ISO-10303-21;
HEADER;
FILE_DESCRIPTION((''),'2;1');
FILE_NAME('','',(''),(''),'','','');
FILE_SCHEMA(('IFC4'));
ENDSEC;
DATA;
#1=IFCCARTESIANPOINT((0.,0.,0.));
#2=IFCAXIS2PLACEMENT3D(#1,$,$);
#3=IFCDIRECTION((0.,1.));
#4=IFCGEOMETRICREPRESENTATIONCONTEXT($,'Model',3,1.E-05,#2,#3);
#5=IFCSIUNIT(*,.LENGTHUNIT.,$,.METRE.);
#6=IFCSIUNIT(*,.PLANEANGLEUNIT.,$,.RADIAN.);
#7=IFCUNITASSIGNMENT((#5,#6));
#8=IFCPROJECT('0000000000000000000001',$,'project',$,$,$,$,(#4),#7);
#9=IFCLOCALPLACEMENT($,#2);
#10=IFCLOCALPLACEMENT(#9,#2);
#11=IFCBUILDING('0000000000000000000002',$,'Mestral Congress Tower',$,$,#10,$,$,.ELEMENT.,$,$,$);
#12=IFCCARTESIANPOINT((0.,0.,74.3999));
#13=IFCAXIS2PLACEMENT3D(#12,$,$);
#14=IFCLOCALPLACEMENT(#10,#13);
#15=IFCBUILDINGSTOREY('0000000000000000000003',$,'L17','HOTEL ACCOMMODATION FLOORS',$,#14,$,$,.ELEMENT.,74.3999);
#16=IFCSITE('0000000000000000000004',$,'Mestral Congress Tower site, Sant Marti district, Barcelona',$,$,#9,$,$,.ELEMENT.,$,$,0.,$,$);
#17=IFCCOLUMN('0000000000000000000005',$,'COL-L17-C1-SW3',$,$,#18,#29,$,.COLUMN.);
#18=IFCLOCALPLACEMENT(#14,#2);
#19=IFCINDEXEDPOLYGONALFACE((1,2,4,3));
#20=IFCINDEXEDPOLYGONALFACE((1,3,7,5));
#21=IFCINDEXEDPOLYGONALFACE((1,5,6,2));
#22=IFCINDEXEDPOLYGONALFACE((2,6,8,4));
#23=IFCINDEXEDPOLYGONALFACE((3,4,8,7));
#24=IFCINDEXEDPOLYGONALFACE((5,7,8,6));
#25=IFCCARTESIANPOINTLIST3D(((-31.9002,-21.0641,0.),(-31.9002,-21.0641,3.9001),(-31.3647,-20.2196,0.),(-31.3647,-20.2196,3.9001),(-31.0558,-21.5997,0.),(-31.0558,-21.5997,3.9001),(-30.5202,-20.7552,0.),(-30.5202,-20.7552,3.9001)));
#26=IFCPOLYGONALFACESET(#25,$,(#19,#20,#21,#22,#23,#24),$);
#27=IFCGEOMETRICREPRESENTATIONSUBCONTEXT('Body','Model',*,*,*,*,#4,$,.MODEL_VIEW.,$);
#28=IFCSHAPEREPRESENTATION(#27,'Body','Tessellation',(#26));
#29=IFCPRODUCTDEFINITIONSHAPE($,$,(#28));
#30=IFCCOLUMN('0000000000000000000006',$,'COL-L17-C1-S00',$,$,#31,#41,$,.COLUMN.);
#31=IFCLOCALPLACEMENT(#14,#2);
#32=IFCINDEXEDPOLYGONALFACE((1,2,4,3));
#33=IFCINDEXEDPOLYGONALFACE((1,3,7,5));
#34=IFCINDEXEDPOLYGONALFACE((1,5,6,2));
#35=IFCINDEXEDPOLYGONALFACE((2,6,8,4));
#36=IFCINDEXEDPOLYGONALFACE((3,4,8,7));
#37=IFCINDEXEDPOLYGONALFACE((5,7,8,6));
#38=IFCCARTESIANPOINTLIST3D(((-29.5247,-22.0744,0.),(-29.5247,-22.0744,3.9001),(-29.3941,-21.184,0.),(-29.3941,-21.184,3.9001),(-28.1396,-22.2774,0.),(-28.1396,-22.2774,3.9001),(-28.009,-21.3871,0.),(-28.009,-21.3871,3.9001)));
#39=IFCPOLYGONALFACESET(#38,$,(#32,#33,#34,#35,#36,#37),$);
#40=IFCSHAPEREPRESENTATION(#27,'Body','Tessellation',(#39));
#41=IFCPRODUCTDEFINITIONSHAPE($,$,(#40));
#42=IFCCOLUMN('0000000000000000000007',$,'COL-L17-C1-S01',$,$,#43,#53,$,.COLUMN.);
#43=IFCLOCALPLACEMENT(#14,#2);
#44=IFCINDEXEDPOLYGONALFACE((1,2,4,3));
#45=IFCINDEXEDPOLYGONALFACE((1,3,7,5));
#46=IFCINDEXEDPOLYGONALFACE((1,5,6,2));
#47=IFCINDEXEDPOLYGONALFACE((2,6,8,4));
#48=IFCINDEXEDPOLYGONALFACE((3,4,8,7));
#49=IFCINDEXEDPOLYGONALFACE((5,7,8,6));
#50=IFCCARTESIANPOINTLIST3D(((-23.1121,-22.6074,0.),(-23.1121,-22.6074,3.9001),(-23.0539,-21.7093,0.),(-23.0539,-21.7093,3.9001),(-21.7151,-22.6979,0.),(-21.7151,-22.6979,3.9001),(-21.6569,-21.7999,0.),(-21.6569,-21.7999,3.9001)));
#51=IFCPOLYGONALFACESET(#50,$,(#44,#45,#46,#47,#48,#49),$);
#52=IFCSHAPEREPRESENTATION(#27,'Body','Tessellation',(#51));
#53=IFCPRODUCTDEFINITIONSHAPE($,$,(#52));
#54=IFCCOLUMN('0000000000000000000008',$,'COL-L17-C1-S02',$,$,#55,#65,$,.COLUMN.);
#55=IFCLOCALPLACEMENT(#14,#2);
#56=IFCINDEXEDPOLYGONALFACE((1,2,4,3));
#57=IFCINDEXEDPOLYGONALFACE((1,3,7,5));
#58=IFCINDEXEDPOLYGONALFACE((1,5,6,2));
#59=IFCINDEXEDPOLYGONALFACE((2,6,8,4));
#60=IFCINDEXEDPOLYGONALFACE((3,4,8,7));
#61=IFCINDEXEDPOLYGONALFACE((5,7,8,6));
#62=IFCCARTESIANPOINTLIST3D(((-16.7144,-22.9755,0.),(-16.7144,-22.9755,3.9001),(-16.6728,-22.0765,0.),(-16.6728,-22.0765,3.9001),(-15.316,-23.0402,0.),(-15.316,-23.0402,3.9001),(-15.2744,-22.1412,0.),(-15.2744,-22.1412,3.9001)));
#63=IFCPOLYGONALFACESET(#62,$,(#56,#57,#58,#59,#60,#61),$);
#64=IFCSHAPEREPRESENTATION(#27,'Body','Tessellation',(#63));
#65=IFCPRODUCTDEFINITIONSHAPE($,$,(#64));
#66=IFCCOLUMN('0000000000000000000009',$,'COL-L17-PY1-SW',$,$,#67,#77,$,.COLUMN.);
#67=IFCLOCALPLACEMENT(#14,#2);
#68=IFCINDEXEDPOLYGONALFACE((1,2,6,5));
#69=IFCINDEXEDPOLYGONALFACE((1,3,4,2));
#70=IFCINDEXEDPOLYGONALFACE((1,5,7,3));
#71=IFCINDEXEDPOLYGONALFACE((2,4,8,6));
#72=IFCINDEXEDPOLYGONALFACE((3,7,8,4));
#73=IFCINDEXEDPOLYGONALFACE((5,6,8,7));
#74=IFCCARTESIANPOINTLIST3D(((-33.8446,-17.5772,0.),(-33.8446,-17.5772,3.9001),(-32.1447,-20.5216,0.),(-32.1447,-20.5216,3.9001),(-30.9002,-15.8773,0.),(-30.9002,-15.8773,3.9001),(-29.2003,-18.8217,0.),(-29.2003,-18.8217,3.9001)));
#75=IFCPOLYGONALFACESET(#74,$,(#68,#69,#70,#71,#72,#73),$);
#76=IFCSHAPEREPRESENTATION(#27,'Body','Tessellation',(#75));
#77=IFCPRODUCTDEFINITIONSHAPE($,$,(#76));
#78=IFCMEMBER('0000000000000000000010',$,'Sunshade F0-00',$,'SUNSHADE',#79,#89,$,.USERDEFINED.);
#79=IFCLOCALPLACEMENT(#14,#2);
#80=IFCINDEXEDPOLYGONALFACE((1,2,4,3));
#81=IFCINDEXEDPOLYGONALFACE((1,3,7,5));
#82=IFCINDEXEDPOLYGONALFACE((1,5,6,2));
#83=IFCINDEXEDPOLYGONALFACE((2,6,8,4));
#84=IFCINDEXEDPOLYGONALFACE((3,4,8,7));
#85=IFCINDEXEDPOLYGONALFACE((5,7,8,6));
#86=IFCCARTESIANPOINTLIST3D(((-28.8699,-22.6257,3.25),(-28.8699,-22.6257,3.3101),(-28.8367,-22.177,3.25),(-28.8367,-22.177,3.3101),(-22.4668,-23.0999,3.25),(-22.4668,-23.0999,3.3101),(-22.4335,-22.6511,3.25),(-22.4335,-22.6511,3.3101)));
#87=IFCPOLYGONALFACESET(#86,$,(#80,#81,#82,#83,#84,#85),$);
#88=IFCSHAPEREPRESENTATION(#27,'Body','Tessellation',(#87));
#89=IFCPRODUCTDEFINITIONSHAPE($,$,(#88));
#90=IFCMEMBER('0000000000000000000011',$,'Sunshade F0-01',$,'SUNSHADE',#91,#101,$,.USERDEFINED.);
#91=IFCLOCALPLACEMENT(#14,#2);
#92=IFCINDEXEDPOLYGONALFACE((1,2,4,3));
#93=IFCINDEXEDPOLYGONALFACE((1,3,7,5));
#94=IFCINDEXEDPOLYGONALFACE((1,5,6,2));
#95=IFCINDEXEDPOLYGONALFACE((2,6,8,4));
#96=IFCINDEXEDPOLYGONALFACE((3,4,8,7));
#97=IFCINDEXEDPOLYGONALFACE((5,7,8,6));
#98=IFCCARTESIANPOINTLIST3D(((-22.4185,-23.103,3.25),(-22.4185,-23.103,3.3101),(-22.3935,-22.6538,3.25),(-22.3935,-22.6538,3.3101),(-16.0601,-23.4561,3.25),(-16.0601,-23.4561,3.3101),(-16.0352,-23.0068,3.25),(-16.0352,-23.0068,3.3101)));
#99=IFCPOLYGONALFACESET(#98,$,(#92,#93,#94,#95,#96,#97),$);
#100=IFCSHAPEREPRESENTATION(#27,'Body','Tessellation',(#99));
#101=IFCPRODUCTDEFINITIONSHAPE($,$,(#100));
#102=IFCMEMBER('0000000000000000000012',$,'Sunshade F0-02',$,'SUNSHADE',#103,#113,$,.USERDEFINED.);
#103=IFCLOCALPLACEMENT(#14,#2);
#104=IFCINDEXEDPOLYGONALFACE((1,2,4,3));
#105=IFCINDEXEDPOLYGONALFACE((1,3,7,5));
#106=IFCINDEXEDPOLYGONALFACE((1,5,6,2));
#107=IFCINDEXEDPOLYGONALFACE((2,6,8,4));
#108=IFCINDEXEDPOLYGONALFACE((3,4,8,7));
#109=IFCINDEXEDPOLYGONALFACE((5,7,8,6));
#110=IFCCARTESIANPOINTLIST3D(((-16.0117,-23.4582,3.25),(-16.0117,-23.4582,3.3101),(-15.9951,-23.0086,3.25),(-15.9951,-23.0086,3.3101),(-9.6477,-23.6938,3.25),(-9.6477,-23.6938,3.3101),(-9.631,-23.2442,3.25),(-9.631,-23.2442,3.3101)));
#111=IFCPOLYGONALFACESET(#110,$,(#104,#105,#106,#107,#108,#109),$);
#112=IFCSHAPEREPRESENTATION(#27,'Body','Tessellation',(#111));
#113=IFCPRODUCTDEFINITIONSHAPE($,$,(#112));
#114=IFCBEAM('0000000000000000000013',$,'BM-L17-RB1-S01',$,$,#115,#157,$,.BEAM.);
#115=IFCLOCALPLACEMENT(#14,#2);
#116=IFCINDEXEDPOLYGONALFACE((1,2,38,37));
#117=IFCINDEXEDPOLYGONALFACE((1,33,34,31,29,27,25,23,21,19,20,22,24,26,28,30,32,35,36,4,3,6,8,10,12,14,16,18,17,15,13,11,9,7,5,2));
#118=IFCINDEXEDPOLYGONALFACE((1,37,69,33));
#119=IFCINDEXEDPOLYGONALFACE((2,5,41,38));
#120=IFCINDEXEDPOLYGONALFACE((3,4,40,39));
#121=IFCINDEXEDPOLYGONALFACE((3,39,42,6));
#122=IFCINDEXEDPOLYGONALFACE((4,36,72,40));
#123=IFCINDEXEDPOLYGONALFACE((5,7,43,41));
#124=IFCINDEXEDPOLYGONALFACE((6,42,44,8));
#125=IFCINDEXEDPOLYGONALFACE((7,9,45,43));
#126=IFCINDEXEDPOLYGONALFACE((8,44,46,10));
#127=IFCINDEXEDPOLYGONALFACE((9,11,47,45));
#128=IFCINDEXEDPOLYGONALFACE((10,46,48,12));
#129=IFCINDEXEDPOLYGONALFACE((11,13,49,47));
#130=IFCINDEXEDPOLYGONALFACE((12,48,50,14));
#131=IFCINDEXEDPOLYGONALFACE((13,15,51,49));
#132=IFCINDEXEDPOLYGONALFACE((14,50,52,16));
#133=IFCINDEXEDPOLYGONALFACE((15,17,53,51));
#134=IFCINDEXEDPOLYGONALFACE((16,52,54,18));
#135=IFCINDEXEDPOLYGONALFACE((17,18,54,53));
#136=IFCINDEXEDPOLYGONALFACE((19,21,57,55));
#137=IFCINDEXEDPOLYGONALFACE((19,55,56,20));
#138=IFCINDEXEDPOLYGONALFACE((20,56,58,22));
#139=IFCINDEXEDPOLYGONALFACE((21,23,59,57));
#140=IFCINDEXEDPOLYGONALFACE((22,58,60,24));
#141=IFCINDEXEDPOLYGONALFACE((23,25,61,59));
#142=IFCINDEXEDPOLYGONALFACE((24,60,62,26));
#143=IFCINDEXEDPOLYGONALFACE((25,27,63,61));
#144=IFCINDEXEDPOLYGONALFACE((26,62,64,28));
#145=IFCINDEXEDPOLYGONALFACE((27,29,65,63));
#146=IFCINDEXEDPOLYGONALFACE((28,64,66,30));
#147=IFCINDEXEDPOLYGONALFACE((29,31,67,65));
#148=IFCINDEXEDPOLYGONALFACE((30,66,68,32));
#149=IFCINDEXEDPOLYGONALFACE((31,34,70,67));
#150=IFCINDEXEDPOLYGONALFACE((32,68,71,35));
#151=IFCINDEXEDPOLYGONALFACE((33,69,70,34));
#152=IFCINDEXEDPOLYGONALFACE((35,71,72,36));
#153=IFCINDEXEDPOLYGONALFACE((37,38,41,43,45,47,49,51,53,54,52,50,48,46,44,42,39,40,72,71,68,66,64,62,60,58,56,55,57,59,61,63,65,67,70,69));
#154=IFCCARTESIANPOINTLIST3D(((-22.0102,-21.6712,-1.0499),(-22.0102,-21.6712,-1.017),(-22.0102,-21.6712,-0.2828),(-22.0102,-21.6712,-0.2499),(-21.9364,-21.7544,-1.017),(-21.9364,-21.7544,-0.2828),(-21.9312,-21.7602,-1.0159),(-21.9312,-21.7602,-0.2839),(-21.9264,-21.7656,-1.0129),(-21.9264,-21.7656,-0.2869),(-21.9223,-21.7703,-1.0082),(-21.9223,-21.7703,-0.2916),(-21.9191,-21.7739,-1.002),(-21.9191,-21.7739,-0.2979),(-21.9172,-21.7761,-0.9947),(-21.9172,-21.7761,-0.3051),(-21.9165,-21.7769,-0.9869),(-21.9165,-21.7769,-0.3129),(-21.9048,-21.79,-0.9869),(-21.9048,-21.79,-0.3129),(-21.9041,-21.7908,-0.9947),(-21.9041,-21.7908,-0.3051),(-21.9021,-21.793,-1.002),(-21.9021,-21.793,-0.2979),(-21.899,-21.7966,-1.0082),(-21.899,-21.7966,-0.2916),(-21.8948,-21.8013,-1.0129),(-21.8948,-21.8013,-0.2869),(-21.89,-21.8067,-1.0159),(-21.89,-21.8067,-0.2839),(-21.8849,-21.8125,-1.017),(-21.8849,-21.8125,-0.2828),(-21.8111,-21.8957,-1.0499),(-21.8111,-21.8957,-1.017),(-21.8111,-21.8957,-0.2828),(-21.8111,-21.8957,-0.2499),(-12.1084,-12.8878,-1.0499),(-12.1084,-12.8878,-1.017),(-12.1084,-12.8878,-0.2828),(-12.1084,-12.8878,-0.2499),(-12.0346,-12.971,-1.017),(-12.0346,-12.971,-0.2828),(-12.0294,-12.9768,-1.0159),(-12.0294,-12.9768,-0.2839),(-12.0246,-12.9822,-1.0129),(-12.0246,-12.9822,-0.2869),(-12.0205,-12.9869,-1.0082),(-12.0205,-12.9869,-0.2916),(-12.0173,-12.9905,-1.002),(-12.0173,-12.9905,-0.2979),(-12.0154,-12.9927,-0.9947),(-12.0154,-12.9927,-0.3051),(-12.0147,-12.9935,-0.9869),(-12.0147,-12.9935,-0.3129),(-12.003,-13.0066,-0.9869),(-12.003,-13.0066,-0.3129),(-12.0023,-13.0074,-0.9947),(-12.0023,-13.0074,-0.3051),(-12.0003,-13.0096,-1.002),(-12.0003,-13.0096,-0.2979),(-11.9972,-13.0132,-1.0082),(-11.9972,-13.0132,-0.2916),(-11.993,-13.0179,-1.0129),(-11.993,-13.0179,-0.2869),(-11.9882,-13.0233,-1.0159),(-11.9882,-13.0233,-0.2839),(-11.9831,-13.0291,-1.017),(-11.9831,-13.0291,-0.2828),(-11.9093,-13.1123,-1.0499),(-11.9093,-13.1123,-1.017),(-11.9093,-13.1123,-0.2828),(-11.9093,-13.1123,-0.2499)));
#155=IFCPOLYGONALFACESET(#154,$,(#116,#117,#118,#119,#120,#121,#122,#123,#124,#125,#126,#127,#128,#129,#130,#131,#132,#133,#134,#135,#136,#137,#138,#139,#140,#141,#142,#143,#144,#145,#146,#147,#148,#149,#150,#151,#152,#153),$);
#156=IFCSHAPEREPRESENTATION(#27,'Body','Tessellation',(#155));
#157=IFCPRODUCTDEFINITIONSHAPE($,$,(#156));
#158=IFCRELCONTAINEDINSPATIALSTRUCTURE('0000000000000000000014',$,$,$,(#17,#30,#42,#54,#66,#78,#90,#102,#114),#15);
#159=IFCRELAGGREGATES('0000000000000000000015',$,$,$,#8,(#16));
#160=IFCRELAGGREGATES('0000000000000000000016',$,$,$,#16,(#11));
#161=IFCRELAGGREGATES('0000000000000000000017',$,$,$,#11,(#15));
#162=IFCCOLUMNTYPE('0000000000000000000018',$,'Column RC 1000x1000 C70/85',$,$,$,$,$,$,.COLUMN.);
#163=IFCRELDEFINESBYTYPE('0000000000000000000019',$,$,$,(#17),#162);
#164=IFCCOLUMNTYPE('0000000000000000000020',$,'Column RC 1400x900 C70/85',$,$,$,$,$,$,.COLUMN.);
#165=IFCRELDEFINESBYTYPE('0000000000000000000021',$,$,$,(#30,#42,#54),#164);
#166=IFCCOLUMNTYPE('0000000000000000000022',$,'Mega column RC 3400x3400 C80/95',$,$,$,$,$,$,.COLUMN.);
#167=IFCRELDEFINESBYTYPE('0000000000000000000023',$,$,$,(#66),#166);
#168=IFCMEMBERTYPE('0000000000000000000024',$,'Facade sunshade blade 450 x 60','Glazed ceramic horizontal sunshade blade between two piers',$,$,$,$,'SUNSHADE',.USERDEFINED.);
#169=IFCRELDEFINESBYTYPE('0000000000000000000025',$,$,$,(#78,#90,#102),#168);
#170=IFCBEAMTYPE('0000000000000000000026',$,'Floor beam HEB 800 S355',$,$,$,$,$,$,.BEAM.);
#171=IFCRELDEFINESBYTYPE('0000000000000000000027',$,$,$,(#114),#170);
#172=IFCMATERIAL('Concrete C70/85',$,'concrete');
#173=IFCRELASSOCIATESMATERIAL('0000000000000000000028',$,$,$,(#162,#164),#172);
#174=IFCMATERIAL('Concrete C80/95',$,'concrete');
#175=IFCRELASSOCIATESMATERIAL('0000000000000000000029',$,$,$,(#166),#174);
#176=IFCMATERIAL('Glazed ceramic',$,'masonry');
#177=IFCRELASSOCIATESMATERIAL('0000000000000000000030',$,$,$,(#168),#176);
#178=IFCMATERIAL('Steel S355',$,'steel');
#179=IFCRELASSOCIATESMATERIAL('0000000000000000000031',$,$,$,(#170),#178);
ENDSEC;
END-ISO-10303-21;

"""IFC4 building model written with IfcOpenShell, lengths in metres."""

from ifc_helpers import new_model, si_unit, direction, frame, origin, origin_2d, place, context, subcontext, project, spatial, rectangle, i_section, extrude, material, material_profile, profile_set, type_object, element, save


model = new_model("IFC4")

# Units and contexts
model_context = context("Model", 3, precision=1e-05, world=origin(), true_north=direction((0.0, 1.0)))
body_context = subcontext(model_context, "Body", "Model", "MODEL_VIEW")
ifc_project = project(units=[si_unit("LENGTHUNIT", "METRE"), si_unit("PLANEANGLEUNIT", "RADIAN")], contexts=[model_context])

# Site, building, storey
site_placement = place(None, origin())
site = spatial("IfcSite", under=ifc_project, at=site_placement, Name="Mestral Congress Tower site, Sant Marti district, Barcelona", CompositionType="ELEMENT", RefElevation=0.0)
building_placement = place(site_placement, origin())
building = spatial("IfcBuilding", under=site, at=building_placement, Name="Mestral Congress Tower", CompositionType="ELEMENT")
storey_placement = place(building_placement, frame((0.0, 0.0, 74.3999)))
storey = spatial("IfcBuildingStorey", under=building, at=storey_placement, Name="L17", Description="HOTEL ACCOMMODATION FLOORS", CompositionType="ELEMENT", Elevation=74.3999)

# Columns
ifc_material_1 = material(Name="Concrete C70/85", Category="concrete")
ifc_material_profile_1 = material_profile(ifc_material_1, rectangle(XDim=1.0, YDim=1.0, at=origin_2d()), Name="RC 1000x1000")
ifc_profile_set_1 = profile_set([ifc_material_profile_1], Name="Concrete C70/85")
column_type_1 = type_object("IfcColumnType", Name="Column RC 1000x1000 C70/85", PredefinedType="COLUMN", material=ifc_profile_set_1)
column_1_placement = place(storey_placement, frame((-31.2102, -20.9097, 0.0), z_axis=(0.0, 0.0, 1.0), x_axis=(0.844485, -0.535579, 0.0)))
element("IfcColumn", 1, at=column_1_placement, inside=storey, type_object=column_type_1, Name="COL-L17-C1-SW3", PredefinedType="COLUMN", context=body_context, shape_type="SweptSolid", body=[
    extrude(rectangle(XDim=1.0, YDim=1.0, at=origin_2d()), origin(), (0.0, 0.0, 1.0), 3.9001),
])
ifc_material_profile_2 = material_profile(ifc_material_1, rectangle(XDim=1.3999, YDim=0.8999, at=origin_2d()), Name="RC 1400x900")
ifc_profile_set_2 = profile_set([ifc_material_profile_2], Name="Concrete C70/85")
column_type_2 = type_object("IfcColumnType", Name="Column RC 1400x900 C70/85", PredefinedType="COLUMN", material=ifc_profile_set_2)
for number, where, z_axis, x_axis, name in (
    (2, (-28.7668, -21.7307, 0.0), (0.0, 0.0, 1.0), (0.989424, -0.145056, 0.0), "COL-L17-C1-S00"),
    (3, (-22.3845, -22.2036, 0.0), (0.0, 0.0, 1.0), (0.997908, -0.064658, 0.0), "COL-L17-C1-S01"),
    (4, (-15.9944, -22.5583, 0.0), (0.0, 0.0, 1.0), (0.998932, -0.0462, 0.0), "COL-L17-C1-S02"),
):
    element("IfcColumn", number, at=place(storey_placement, frame(where, z_axis=z_axis, x_axis=x_axis)), inside=storey, type_object=column_type_2, Name=name, PredefinedType="COLUMN", context=body_context, shape_type="SweptSolid", body=[
        extrude(rectangle(XDim=1.3999, YDim=0.8999, at=origin_2d()), origin(), (0.0, 0.0, 1.0), 3.9001),
    ])
ifc_material_2 = material(Name="Concrete C80/95", Category="concrete")
ifc_material_profile_3 = material_profile(ifc_material_2, rectangle(XDim=3.3999, YDim=3.3999, at=origin_2d()), Name="RC 3400x3400")
ifc_profile_set_3 = profile_set([ifc_material_profile_3], Name="Concrete C80/95")
column_type_3 = type_object("IfcColumnType", Name="Mega column RC 3400x3400 C80/95", PredefinedType="COLUMN", material=ifc_profile_set_3)
column_2_placement = place(storey_placement, frame((-31.5225, -18.1995, 0.0), z_axis=(0.0, 0.0, 1.0), x_axis=(-0.866025, -0.5, 0.0)))
element("IfcColumn", 5, at=column_2_placement, inside=storey, type_object=column_type_3, Name="COL-L17-PY1-SW", PredefinedType="COLUMN", context=body_context, shape_type="SweptSolid", body=[
    extrude(rectangle(XDim=3.3999, YDim=3.3999, at=origin_2d()), origin(), (0.0, 0.0, 1.0), 3.9001),
])

# Members
ifc_material_3 = material(Name="Glazed ceramic", Category="masonry")
ifc_material_profile_4 = material_profile(ifc_material_3, rectangle(XDim=0.45, YDim=0.0601, at=origin_2d()), Name="Ceramic blade 450 x 60")
ifc_profile_set_4 = profile_set([ifc_material_profile_4], Name="Glazed ceramic")
member_type = type_object("IfcMemberType", Name="Facade sunshade blade 450 x 60", Description="Glazed ceramic horizontal sunshade blade between two piers", ElementType="SUNSHADE", PredefinedType="USERDEFINED", material=ifc_profile_set_4)
member_1_placement = place(storey_placement, frame((-28.8533, -22.4014, 3.28), z_axis=(0.99727, -0.073844, 0.0), x_axis=(0.073844, 0.99727, 0.0)))
element("IfcMember", 6, at=member_1_placement, inside=storey, type_object=member_type, Name="Sunshade F0-00", ObjectType="SUNSHADE", PredefinedType="USERDEFINED", context=body_context, shape_type="SweptSolid", body=[
    extrude(rectangle(XDim=0.45, YDim=0.0601, at=origin_2d()), origin(), (0.0, 0.0, 1.0), 6.4207),
])
member_2_placement = place(storey_placement, frame((-22.406, -22.8784, 3.28), z_axis=(0.998462, -0.055436, 0.0), x_axis=(0.055436, 0.998462, 0.0)))
element("IfcMember", 7, at=member_2_placement, inside=storey, type_object=member_type, Name="Sunshade F0-01", ObjectType="SUNSHADE", PredefinedType="USERDEFINED", context=body_context, shape_type="SweptSolid", body=[
    extrude(rectangle(XDim=0.45, YDim=0.0601, at=origin_2d()), origin(), (0.0, 0.0, 1.0), 6.3682),
])
member_3_placement = place(storey_placement, frame((-16.0034, -23.2334, 3.28), z_axis=(0.999315, -0.036995, 0.0), x_axis=(0.036995, 0.999315, 0.0)))
element("IfcMember", 8, at=member_3_placement, inside=storey, type_object=member_type, Name="Sunshade F0-02", ObjectType="SUNSHADE", PredefinedType="USERDEFINED", context=body_context, shape_type="SweptSolid", body=[
    extrude(rectangle(XDim=0.45, YDim=0.0601, at=origin_2d()), origin(), (0.0, 0.0, 1.0), 6.3684),
])

# Beam
ifc_material_4 = material(Name="Steel S355", Category="steel")
ifc_material_profile_5 = material_profile(ifc_material_4, i_section(OverallWidth=0.3, OverallDepth=0.8, WebThickness=0.0176, FlangeThickness=0.033, FilletRadius=0.03, at=origin_2d()), Name="HEB 800")
ifc_profile_set_5 = profile_set([ifc_material_profile_5], Name="Steel S355")
beam_type_1 = type_object("IfcBeamType", Name="Floor beam HEB 800 S355", PredefinedType="BEAM", material=ifc_profile_set_5)
beam_1_placement = place(storey_placement, frame((-21.9106, -21.7834, -0.6499), z_axis=(0.748092, 0.663595, 0.0), x_axis=(-0.663595, 0.748092, 0.0)))
element("IfcBeam", 9, at=beam_1_placement, inside=storey, type_object=beam_type_1, Name="BM-L17-RB1-S01", PredefinedType="BEAM", context=body_context, shape_type="SweptSolid", body=[
    extrude(i_section(OverallWidth=0.3, OverallDepth=0.8, WebThickness=0.0176, FlangeThickness=0.033, FilletRadius=0.03, at=origin_2d()), origin(), (0.0, 0.0, 1.0), 13.2361),
])

save(model, "model.ifc")
